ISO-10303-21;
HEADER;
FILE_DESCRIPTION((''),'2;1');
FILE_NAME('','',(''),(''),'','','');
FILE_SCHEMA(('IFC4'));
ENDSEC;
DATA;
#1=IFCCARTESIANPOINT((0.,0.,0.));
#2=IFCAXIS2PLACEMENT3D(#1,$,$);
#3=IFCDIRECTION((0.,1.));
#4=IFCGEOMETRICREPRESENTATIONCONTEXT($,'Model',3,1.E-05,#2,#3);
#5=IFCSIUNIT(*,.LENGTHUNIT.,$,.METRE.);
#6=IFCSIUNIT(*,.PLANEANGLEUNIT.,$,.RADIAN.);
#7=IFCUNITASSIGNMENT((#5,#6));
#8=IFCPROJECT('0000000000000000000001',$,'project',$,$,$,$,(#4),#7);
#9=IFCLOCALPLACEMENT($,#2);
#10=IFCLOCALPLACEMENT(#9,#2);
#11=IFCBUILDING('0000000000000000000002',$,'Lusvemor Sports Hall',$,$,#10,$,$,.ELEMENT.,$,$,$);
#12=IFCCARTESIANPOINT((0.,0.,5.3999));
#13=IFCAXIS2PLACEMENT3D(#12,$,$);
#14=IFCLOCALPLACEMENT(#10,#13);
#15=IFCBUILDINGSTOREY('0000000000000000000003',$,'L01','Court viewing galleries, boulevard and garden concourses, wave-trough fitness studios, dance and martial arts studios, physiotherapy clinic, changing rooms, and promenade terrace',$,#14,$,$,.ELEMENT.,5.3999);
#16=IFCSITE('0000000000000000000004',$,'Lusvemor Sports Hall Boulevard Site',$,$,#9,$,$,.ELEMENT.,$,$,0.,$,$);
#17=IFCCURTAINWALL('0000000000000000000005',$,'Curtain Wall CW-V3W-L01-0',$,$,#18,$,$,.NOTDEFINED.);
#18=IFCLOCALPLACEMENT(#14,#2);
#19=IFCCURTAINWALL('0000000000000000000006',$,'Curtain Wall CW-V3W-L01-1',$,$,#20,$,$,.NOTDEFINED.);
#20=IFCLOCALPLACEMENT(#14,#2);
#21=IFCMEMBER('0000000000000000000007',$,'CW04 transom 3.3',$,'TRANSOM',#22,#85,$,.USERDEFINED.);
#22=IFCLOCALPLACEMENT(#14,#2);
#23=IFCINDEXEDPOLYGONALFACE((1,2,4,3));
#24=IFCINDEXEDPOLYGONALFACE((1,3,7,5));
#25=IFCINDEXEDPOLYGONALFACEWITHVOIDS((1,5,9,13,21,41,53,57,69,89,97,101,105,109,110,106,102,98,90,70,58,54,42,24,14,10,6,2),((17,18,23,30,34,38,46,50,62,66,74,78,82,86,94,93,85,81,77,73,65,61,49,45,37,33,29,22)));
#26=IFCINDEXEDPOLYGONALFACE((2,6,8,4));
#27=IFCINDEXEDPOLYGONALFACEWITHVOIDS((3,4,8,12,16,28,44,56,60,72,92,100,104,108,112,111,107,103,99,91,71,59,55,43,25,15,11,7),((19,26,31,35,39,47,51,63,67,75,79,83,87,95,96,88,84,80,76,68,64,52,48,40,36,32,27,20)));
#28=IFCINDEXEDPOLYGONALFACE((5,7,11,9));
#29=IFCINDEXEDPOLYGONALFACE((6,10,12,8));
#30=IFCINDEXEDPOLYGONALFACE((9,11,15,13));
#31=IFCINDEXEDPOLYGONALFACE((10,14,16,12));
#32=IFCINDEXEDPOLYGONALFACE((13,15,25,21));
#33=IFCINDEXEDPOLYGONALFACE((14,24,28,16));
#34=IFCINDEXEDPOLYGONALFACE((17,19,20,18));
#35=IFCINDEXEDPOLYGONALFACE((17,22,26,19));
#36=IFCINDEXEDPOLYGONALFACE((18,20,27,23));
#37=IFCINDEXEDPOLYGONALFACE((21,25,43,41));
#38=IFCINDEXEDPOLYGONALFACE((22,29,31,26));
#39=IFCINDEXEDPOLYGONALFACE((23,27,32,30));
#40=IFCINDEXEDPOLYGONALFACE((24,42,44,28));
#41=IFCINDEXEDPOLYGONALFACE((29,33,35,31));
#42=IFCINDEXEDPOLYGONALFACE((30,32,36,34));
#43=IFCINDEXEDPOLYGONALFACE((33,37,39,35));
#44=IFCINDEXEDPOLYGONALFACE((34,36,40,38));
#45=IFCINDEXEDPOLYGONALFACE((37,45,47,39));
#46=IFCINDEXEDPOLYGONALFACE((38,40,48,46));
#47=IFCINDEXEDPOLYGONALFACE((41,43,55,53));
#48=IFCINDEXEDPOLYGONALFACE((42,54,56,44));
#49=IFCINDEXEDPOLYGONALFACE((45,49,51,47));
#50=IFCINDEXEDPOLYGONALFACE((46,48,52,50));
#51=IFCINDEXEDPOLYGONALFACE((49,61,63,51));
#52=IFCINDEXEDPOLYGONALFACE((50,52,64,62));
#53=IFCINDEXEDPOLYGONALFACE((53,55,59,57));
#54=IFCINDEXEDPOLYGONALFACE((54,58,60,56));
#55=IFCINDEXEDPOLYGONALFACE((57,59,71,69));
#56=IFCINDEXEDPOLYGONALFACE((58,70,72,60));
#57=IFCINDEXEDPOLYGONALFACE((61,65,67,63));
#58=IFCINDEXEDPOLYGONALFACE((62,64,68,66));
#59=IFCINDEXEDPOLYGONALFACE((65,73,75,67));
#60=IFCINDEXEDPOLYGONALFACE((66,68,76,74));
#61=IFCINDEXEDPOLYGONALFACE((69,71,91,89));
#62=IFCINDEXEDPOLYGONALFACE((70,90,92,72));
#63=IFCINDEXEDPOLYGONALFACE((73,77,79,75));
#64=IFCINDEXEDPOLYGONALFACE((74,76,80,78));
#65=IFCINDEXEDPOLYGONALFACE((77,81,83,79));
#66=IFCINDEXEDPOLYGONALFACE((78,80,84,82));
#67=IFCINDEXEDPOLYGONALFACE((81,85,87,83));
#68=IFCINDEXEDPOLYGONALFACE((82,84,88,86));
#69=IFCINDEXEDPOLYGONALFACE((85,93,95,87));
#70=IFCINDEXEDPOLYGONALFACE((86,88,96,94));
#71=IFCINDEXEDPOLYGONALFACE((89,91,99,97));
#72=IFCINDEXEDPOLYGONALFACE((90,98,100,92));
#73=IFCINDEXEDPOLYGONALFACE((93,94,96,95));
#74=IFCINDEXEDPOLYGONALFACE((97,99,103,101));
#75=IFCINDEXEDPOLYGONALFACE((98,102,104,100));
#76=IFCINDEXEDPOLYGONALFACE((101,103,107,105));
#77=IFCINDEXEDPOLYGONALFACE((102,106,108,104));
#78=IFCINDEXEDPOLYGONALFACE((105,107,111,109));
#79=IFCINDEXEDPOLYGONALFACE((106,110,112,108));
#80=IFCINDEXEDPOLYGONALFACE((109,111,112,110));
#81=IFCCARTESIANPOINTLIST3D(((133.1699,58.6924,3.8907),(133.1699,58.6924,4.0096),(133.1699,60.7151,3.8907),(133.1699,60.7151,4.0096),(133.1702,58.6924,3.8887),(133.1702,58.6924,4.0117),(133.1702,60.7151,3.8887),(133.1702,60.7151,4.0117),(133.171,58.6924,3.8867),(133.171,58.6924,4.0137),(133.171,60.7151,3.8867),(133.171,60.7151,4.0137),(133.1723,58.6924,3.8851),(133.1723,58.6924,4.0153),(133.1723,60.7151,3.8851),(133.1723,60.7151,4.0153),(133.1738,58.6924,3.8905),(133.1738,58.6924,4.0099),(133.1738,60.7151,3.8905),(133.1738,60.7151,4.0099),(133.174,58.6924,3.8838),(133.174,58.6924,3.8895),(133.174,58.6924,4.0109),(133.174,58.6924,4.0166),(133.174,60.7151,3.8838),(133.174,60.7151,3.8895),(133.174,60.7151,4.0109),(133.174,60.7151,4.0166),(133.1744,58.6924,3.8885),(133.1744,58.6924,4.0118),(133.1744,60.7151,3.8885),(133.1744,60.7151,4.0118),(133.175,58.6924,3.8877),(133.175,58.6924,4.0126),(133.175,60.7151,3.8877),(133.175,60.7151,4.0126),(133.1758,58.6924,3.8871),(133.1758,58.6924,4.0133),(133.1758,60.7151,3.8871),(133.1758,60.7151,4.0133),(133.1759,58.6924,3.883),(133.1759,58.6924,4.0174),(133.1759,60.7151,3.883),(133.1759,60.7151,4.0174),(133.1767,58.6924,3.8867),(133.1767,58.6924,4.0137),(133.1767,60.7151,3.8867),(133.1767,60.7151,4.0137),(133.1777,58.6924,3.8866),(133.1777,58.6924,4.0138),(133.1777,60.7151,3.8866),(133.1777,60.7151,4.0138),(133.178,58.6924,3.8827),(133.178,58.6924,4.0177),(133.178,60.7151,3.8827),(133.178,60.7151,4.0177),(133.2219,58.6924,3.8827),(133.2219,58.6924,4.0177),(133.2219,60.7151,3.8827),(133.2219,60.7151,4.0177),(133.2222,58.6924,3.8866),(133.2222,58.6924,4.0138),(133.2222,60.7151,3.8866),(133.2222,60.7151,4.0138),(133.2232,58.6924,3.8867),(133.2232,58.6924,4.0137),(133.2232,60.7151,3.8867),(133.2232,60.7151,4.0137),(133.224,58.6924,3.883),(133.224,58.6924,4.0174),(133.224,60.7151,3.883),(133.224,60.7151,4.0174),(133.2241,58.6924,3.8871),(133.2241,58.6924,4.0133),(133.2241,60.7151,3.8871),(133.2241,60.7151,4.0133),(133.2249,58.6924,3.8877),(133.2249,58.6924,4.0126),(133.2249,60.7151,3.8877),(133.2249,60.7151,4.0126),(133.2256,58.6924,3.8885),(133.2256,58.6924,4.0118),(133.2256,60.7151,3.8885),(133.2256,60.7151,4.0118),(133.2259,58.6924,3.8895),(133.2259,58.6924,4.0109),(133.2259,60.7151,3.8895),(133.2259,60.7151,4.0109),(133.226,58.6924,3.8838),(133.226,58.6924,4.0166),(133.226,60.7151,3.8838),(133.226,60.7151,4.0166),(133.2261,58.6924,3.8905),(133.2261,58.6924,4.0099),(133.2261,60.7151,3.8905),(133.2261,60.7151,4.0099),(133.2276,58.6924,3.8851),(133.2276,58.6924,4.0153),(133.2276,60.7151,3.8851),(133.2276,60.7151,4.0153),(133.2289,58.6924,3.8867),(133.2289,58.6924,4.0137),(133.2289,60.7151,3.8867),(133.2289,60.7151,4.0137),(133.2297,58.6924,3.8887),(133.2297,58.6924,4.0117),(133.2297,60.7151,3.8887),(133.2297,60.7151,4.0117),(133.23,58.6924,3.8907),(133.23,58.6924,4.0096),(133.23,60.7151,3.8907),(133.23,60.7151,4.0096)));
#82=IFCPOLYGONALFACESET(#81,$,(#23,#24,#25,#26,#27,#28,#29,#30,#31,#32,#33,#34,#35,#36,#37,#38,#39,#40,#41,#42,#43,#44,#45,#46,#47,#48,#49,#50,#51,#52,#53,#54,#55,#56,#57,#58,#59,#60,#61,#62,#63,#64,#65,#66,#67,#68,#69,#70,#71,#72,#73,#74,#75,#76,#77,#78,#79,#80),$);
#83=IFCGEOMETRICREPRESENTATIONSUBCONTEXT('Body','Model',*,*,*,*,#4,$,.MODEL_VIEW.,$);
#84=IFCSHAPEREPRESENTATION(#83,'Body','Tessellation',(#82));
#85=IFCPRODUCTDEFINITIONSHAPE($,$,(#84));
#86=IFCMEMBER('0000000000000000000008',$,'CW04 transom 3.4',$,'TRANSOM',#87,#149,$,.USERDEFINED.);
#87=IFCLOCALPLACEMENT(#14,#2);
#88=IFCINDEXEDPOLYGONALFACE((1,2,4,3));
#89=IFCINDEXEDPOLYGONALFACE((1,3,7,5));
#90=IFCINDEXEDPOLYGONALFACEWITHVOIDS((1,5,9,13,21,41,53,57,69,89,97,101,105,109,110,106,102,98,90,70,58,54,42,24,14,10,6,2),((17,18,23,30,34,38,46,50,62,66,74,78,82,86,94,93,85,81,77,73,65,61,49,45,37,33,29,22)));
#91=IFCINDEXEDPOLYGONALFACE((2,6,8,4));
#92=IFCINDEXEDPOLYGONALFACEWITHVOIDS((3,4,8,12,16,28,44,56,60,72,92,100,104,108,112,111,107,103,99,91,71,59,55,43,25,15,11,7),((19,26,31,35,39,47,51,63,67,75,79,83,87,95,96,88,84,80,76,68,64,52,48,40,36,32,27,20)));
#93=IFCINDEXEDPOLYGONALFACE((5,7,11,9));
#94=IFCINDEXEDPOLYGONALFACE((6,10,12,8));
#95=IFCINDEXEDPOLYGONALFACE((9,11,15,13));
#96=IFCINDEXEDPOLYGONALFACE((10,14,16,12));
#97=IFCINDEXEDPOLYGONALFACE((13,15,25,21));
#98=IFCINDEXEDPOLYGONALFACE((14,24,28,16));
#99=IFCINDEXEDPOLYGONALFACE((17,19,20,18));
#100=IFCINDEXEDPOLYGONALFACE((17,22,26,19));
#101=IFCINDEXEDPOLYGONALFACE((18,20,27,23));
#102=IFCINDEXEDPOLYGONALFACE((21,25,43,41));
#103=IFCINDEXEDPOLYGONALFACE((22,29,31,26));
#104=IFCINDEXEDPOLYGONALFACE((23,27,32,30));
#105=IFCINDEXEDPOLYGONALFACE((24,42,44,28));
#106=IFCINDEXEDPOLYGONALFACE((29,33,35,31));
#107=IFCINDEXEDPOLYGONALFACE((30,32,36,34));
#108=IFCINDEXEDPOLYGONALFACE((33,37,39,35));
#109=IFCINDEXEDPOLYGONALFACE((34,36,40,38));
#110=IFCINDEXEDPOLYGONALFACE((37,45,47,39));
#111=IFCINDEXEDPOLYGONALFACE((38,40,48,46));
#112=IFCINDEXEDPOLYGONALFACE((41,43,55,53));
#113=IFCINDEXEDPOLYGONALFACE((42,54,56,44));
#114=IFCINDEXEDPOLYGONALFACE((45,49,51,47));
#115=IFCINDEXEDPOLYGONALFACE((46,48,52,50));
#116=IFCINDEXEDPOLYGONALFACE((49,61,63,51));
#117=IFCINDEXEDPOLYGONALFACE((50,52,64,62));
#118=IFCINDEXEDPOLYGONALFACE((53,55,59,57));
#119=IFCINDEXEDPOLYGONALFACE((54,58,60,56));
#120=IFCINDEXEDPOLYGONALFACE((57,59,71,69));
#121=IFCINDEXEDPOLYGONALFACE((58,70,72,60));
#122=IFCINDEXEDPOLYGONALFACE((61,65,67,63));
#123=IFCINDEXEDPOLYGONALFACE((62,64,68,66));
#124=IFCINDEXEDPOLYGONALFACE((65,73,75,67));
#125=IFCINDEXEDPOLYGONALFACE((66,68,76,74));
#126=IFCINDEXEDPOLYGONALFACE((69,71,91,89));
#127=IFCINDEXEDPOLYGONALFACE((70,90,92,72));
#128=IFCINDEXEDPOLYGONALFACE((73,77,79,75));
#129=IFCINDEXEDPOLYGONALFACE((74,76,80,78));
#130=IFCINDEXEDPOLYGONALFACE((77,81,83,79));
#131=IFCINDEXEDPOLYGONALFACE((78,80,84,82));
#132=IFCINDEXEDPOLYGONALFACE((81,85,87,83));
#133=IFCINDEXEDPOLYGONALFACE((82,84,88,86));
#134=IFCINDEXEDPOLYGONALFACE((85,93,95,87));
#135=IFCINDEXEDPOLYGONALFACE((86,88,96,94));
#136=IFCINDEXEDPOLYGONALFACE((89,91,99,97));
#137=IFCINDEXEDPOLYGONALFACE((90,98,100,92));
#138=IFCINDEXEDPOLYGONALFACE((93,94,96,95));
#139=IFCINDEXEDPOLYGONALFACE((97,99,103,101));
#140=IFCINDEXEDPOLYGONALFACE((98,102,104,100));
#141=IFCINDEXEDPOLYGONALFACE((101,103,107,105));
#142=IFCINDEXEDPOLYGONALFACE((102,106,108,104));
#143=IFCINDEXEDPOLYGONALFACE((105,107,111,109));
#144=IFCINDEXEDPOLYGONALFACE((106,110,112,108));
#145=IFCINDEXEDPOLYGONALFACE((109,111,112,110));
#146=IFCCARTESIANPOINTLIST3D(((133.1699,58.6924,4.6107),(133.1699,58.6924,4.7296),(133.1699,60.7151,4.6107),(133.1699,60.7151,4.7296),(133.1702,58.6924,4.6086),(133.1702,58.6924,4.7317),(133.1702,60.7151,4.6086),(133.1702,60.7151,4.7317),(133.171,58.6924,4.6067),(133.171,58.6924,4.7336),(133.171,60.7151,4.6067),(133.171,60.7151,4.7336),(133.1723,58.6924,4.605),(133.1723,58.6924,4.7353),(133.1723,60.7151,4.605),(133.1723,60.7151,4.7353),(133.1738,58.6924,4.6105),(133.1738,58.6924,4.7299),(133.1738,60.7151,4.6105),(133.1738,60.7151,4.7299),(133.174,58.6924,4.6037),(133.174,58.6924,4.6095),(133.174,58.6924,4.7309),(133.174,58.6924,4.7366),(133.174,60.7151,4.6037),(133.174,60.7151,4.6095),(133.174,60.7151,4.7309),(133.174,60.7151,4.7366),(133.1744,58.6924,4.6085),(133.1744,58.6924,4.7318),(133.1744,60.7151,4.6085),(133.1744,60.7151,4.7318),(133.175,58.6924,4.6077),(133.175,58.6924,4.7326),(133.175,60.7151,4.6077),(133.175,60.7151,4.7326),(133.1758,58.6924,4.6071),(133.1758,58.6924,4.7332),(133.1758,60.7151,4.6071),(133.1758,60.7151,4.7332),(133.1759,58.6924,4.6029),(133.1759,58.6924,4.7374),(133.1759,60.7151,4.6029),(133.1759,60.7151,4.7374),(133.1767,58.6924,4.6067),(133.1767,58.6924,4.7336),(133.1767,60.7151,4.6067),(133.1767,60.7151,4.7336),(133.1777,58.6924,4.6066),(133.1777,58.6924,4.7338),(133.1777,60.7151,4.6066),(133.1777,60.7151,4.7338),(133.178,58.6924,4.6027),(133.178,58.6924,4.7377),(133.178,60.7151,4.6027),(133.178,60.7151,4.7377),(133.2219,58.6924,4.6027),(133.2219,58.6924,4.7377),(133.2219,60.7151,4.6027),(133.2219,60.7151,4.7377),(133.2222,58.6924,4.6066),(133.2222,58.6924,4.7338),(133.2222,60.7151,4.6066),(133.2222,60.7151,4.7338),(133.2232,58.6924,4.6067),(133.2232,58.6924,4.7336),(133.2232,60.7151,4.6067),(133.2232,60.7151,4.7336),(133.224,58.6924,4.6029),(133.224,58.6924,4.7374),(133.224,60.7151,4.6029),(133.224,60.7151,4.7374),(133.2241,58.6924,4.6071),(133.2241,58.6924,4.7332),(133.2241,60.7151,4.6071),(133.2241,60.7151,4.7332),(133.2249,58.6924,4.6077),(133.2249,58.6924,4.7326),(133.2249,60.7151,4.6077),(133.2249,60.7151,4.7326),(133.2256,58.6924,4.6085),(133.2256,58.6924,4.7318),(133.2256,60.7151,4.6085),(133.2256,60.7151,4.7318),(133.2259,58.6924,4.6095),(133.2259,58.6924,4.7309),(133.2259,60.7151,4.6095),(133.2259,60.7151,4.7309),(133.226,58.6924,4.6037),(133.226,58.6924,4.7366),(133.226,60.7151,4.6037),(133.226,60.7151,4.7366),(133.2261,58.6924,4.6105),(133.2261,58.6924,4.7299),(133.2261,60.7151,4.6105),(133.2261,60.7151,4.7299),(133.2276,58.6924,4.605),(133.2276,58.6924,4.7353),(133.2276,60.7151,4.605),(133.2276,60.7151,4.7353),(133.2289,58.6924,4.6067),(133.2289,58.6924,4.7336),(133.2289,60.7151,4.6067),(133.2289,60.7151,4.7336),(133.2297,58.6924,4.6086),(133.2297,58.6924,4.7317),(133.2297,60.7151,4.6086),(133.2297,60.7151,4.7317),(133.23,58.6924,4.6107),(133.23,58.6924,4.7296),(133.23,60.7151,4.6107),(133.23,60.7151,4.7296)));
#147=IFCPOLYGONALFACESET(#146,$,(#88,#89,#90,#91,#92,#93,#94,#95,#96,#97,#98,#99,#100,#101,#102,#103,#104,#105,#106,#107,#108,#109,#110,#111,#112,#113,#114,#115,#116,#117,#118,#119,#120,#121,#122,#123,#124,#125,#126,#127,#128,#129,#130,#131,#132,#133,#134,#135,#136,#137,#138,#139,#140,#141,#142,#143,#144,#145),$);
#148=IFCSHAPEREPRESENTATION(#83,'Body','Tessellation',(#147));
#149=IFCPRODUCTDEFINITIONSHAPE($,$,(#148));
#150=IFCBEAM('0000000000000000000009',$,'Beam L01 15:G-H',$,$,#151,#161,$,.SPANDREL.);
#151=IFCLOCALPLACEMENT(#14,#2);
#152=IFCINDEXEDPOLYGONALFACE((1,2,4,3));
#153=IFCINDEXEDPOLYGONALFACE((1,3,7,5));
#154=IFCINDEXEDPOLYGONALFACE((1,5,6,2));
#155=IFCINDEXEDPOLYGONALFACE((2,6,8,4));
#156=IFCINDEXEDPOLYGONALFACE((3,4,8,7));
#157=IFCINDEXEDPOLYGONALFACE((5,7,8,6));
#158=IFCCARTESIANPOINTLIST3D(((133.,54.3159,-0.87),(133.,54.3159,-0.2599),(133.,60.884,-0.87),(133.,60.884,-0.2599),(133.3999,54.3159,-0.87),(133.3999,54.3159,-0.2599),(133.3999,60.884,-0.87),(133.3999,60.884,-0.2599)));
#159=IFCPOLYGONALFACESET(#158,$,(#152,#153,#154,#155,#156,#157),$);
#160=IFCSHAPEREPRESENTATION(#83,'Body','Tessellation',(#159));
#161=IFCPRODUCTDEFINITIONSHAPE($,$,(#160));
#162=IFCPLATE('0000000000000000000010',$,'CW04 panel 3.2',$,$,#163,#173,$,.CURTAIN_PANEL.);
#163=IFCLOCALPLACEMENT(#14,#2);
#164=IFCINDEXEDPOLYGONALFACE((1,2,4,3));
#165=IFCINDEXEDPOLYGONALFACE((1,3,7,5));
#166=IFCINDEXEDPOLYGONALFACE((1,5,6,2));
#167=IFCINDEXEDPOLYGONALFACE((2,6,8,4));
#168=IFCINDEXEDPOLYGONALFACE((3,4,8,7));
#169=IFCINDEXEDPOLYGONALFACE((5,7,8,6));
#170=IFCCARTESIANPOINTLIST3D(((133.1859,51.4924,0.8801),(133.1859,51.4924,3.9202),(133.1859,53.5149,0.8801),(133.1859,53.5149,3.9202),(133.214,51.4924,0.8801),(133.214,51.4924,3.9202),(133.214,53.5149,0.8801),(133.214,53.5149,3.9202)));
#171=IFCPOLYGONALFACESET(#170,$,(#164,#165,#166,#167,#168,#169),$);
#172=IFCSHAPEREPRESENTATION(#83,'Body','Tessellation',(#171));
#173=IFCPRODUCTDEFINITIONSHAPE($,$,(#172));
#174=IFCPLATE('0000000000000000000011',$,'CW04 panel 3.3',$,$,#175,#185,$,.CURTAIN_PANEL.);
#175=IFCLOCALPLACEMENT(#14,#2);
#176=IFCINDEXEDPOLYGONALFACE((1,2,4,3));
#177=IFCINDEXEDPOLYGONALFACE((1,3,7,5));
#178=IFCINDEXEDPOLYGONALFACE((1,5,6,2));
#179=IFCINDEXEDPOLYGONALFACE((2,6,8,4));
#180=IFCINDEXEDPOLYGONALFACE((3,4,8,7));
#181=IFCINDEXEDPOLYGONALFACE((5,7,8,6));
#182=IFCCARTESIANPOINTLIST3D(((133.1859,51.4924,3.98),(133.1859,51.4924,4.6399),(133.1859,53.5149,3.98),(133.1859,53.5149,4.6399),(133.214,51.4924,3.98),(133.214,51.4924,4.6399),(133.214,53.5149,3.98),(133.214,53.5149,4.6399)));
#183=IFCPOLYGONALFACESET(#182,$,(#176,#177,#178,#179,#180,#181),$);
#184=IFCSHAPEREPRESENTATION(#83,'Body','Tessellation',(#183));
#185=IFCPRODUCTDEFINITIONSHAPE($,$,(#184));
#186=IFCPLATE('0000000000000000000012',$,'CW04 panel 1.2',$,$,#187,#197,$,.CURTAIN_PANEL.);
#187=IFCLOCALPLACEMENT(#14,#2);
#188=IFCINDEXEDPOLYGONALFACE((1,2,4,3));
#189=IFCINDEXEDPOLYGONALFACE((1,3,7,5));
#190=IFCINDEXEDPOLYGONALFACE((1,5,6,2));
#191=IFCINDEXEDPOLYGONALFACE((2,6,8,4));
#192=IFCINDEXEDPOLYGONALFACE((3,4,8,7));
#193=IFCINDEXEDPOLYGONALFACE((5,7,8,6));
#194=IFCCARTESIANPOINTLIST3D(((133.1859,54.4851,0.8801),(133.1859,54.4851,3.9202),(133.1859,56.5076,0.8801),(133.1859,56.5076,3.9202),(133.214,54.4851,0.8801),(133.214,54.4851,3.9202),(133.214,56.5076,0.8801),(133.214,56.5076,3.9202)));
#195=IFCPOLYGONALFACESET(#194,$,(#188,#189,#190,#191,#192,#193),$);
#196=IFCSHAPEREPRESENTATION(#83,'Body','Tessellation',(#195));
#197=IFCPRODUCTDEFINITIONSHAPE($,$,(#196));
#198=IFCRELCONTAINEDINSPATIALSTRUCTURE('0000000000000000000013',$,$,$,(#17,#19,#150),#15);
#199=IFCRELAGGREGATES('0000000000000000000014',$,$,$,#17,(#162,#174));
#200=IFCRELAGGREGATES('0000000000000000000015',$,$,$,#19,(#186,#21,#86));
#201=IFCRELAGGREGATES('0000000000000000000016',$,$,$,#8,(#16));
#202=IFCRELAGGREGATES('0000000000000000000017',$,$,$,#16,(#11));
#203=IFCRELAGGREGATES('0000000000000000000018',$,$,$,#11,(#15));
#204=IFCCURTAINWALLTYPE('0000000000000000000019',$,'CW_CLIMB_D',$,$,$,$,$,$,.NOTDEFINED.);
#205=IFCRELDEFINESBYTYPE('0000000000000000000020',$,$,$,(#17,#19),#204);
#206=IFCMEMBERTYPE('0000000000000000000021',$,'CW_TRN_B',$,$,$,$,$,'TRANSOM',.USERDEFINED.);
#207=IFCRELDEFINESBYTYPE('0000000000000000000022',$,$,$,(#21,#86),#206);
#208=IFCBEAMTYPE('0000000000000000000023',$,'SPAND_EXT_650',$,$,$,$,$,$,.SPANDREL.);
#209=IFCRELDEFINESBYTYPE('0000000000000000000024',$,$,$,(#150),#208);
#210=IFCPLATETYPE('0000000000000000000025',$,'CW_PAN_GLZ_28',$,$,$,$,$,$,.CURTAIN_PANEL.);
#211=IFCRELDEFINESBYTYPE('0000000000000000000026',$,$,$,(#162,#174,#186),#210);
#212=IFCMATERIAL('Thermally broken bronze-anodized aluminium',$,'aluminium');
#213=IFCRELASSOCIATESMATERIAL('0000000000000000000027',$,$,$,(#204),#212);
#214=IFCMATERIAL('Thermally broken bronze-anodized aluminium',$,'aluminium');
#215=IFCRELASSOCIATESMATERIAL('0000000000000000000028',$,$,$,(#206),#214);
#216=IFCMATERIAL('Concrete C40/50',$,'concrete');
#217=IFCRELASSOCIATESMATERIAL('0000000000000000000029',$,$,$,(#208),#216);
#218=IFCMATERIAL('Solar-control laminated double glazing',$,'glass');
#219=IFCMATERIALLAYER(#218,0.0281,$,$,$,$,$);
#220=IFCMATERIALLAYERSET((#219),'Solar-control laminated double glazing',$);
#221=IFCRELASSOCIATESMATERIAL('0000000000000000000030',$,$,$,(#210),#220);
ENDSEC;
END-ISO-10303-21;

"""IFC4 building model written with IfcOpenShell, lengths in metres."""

from ifc_helpers import new_model, si_unit, direction, frame, origin, origin_2d, place, context, subcontext, project, spatial, rectangle, hollow_rectangle, extrude, material, layer, layer_set, material_profile, profile_set, type_object, element, aggregate, save


model = new_model("IFC4")

# Units and contexts
model_context = context("Model", 3, precision=1e-05, world=origin(), true_north=direction((0.0, 1.0)))
body_context = subcontext(model_context, "Body", "Model", "MODEL_VIEW")
ifc_project = project(units=[si_unit("LENGTHUNIT", "METRE"), si_unit("PLANEANGLEUNIT", "RADIAN")], contexts=[model_context])

# Site, building, storey
site_placement = place(None, origin())
site = spatial("IfcSite", under=ifc_project, at=site_placement, Name="Lusvemor Sports Hall Boulevard Site", CompositionType="ELEMENT", RefElevation=0.0)
building_placement = place(site_placement, origin())
building = spatial("IfcBuilding", under=site, at=building_placement, Name="Lusvemor Sports Hall", CompositionType="ELEMENT")
storey_placement = place(building_placement, frame((0.0, 0.0, 5.3999)))
storey = spatial("IfcBuildingStorey", under=building, at=storey_placement, Name="L01", Description="Court viewing galleries, boulevard and garden concourses, wave-trough fitness studios, dance and martial arts studios, physiotherapy clinic, changing rooms, and promenade terrace", CompositionType="ELEMENT", Elevation=5.3999)

# Curtain wall
ifc_material_1 = material(Name="Thermally broken bronze-anodized aluminium", Category="aluminium")
curtain_wall_type = type_object("IfcCurtainWallType", Name="CW_CLIMB_D", PredefinedType="NOTDEFINED", material=ifc_material_1)
curtain_wall_1_placement = place(storey_placement, origin())
curtain_wall_1 = element("IfcCurtainWall", 1, at=curtain_wall_1_placement, inside=storey, type_object=curtain_wall_type, Name="Curtain Wall CW-V3W-L01-0", PredefinedType="NOTDEFINED")

# Curtain wall
curtain_wall_2_placement = place(storey_placement, origin())
curtain_wall_2 = element("IfcCurtainWall", 2, at=curtain_wall_2_placement, inside=storey, type_object=curtain_wall_type, Name="Curtain Wall CW-V3W-L01-1", PredefinedType="NOTDEFINED")

# Members
ifc_material_2 = material(Name="Thermally broken bronze-anodized aluminium", Category="aluminium")
ifc_material_profile_1 = material_profile(ifc_material_2, hollow_rectangle(XDim=0.0601, YDim=0.135, WallThickness=0.0039, InnerFilletRadius=0.0039, OuterFilletRadius=0.0081, at=origin_2d()), Name="CWTRN135x60x4")
ifc_profile_set_1 = profile_set([ifc_material_profile_1], Name="Thermally broken bronze-anodized aluminium")
member_type_1 = type_object("IfcMemberType", Name="CW_TRN_B", ElementType="TRANSOM", PredefinedType="USERDEFINED", material=ifc_profile_set_1)
member_1_placement = place(storey_placement, frame((133.2, 58.6924, 3.9502), z_axis=(0.0, 1.0, 0.0), x_axis=(-1.0, 0.0, 0.0)))
member_1 = element("IfcMember", 3, at=member_1_placement, type_object=member_type_1, Name="CW04 transom 3.3", ObjectType="TRANSOM", PredefinedType="USERDEFINED", context=body_context, shape_type="SweptSolid", body=[
    extrude(hollow_rectangle(XDim=0.0601, YDim=0.135, WallThickness=0.0039, InnerFilletRadius=0.0039, OuterFilletRadius=0.0081, at=origin_2d()), origin(), (0.0, 0.0, 1.0), 2.0227),
])
member_2_placement = place(storey_placement, frame((133.2, 58.6924, 4.6702), z_axis=(0.0, 1.0, 0.0), x_axis=(-1.0, 0.0, 0.0)))
member_2 = element("IfcMember", 4, at=member_2_placement, type_object=member_type_1, Name="CW04 transom 3.4", ObjectType="TRANSOM", PredefinedType="USERDEFINED", context=body_context, shape_type="SweptSolid", body=[
    extrude(hollow_rectangle(XDim=0.0601, YDim=0.135, WallThickness=0.0039, InnerFilletRadius=0.0039, OuterFilletRadius=0.0081, at=origin_2d()), origin(), (0.0, 0.0, 1.0), 2.0227),
])

# Beam
ifc_material_3 = material(Name="Concrete C40/50", Category="concrete")
ifc_material_profile_2 = material_profile(ifc_material_3, rectangle(XDim=0.3999, YDim=0.6101, at=origin_2d()), Name="RC400x610")
ifc_profile_set_2 = profile_set([ifc_material_profile_2], Name="Concrete C40/50")
beam_type = type_object("IfcBeamType", Name="SPAND_EXT_650", PredefinedType="SPANDREL", material=ifc_profile_set_2)
beam_placement = place(storey_placement, frame((133.2, 54.3159, -0.5649), z_axis=(0.0, 1.0, 0.0), x_axis=(-1.0, 0.0, 0.0)))
element("IfcBeam", 5, at=beam_placement, inside=storey, type_object=beam_type, Name="Beam L01 15:G-H", PredefinedType="SPANDREL", context=body_context, shape_type="SweptSolid", body=[
    extrude(rectangle(XDim=0.3999, YDim=0.6101, at=origin_2d()), origin(), (0.0, 0.0, 1.0), 6.5681),
])

# Plates
ifc_material_4 = material(Name="Solar-control laminated double glazing", Category="glass")
ifc_layer_1 = layer(ifc_material_4, 0.0281)
ifc_layer_set_1 = layer_set([ifc_layer_1], Name="Solar-control laminated double glazing")
plate_type_1 = type_object("IfcPlateType", Name="CW_PAN_GLZ_28", PredefinedType="CURTAIN_PANEL", material=ifc_layer_set_1)
plate_1_placement = place(storey_placement, frame((133.2, 52.5037, 0.8801), z_axis=(0.0, 0.0, 1.0), x_axis=(0.0, 1.0, 0.0)))
plate_1 = element("IfcPlate", 6, at=plate_1_placement, type_object=plate_type_1, Name="CW04 panel 3.2", PredefinedType="CURTAIN_PANEL", context=body_context, shape_type="SweptSolid", body=[
    extrude(rectangle(XDim=2.0225, YDim=0.0281, at=origin_2d()), origin(), (0.0, 0.0, 1.0), 3.04),
])
plate_2_placement = place(storey_placement, frame((133.2, 52.5037, 3.98), z_axis=(0.0, 0.0, 1.0), x_axis=(0.0, 1.0, 0.0)))
plate_2 = element("IfcPlate", 7, at=plate_2_placement, type_object=plate_type_1, Name="CW04 panel 3.3", PredefinedType="CURTAIN_PANEL", context=body_context, shape_type="SweptSolid", body=[
    extrude(rectangle(XDim=2.0225, YDim=0.0281, at=origin_2d()), origin(), (0.0, 0.0, 1.0), 0.6599),
])
plate_3_placement = place(storey_placement, frame((133.2, 55.4963, 0.8801), z_axis=(0.0, 0.0, 1.0), x_axis=(0.0, 1.0, 0.0)))
plate_3 = element("IfcPlate", 8, at=plate_3_placement, type_object=plate_type_1, Name="CW04 panel 1.2", PredefinedType="CURTAIN_PANEL", context=body_context, shape_type="SweptSolid", body=[
    extrude(rectangle(XDim=2.0225, YDim=0.0281, at=origin_2d()), origin(), (0.0, 0.0, 1.0), 3.04),
])
aggregate(curtain_wall_1, [plate_1, plate_2])
aggregate(curtain_wall_2, [plate_3, member_1, member_2])

save(model, "model.ifc")
